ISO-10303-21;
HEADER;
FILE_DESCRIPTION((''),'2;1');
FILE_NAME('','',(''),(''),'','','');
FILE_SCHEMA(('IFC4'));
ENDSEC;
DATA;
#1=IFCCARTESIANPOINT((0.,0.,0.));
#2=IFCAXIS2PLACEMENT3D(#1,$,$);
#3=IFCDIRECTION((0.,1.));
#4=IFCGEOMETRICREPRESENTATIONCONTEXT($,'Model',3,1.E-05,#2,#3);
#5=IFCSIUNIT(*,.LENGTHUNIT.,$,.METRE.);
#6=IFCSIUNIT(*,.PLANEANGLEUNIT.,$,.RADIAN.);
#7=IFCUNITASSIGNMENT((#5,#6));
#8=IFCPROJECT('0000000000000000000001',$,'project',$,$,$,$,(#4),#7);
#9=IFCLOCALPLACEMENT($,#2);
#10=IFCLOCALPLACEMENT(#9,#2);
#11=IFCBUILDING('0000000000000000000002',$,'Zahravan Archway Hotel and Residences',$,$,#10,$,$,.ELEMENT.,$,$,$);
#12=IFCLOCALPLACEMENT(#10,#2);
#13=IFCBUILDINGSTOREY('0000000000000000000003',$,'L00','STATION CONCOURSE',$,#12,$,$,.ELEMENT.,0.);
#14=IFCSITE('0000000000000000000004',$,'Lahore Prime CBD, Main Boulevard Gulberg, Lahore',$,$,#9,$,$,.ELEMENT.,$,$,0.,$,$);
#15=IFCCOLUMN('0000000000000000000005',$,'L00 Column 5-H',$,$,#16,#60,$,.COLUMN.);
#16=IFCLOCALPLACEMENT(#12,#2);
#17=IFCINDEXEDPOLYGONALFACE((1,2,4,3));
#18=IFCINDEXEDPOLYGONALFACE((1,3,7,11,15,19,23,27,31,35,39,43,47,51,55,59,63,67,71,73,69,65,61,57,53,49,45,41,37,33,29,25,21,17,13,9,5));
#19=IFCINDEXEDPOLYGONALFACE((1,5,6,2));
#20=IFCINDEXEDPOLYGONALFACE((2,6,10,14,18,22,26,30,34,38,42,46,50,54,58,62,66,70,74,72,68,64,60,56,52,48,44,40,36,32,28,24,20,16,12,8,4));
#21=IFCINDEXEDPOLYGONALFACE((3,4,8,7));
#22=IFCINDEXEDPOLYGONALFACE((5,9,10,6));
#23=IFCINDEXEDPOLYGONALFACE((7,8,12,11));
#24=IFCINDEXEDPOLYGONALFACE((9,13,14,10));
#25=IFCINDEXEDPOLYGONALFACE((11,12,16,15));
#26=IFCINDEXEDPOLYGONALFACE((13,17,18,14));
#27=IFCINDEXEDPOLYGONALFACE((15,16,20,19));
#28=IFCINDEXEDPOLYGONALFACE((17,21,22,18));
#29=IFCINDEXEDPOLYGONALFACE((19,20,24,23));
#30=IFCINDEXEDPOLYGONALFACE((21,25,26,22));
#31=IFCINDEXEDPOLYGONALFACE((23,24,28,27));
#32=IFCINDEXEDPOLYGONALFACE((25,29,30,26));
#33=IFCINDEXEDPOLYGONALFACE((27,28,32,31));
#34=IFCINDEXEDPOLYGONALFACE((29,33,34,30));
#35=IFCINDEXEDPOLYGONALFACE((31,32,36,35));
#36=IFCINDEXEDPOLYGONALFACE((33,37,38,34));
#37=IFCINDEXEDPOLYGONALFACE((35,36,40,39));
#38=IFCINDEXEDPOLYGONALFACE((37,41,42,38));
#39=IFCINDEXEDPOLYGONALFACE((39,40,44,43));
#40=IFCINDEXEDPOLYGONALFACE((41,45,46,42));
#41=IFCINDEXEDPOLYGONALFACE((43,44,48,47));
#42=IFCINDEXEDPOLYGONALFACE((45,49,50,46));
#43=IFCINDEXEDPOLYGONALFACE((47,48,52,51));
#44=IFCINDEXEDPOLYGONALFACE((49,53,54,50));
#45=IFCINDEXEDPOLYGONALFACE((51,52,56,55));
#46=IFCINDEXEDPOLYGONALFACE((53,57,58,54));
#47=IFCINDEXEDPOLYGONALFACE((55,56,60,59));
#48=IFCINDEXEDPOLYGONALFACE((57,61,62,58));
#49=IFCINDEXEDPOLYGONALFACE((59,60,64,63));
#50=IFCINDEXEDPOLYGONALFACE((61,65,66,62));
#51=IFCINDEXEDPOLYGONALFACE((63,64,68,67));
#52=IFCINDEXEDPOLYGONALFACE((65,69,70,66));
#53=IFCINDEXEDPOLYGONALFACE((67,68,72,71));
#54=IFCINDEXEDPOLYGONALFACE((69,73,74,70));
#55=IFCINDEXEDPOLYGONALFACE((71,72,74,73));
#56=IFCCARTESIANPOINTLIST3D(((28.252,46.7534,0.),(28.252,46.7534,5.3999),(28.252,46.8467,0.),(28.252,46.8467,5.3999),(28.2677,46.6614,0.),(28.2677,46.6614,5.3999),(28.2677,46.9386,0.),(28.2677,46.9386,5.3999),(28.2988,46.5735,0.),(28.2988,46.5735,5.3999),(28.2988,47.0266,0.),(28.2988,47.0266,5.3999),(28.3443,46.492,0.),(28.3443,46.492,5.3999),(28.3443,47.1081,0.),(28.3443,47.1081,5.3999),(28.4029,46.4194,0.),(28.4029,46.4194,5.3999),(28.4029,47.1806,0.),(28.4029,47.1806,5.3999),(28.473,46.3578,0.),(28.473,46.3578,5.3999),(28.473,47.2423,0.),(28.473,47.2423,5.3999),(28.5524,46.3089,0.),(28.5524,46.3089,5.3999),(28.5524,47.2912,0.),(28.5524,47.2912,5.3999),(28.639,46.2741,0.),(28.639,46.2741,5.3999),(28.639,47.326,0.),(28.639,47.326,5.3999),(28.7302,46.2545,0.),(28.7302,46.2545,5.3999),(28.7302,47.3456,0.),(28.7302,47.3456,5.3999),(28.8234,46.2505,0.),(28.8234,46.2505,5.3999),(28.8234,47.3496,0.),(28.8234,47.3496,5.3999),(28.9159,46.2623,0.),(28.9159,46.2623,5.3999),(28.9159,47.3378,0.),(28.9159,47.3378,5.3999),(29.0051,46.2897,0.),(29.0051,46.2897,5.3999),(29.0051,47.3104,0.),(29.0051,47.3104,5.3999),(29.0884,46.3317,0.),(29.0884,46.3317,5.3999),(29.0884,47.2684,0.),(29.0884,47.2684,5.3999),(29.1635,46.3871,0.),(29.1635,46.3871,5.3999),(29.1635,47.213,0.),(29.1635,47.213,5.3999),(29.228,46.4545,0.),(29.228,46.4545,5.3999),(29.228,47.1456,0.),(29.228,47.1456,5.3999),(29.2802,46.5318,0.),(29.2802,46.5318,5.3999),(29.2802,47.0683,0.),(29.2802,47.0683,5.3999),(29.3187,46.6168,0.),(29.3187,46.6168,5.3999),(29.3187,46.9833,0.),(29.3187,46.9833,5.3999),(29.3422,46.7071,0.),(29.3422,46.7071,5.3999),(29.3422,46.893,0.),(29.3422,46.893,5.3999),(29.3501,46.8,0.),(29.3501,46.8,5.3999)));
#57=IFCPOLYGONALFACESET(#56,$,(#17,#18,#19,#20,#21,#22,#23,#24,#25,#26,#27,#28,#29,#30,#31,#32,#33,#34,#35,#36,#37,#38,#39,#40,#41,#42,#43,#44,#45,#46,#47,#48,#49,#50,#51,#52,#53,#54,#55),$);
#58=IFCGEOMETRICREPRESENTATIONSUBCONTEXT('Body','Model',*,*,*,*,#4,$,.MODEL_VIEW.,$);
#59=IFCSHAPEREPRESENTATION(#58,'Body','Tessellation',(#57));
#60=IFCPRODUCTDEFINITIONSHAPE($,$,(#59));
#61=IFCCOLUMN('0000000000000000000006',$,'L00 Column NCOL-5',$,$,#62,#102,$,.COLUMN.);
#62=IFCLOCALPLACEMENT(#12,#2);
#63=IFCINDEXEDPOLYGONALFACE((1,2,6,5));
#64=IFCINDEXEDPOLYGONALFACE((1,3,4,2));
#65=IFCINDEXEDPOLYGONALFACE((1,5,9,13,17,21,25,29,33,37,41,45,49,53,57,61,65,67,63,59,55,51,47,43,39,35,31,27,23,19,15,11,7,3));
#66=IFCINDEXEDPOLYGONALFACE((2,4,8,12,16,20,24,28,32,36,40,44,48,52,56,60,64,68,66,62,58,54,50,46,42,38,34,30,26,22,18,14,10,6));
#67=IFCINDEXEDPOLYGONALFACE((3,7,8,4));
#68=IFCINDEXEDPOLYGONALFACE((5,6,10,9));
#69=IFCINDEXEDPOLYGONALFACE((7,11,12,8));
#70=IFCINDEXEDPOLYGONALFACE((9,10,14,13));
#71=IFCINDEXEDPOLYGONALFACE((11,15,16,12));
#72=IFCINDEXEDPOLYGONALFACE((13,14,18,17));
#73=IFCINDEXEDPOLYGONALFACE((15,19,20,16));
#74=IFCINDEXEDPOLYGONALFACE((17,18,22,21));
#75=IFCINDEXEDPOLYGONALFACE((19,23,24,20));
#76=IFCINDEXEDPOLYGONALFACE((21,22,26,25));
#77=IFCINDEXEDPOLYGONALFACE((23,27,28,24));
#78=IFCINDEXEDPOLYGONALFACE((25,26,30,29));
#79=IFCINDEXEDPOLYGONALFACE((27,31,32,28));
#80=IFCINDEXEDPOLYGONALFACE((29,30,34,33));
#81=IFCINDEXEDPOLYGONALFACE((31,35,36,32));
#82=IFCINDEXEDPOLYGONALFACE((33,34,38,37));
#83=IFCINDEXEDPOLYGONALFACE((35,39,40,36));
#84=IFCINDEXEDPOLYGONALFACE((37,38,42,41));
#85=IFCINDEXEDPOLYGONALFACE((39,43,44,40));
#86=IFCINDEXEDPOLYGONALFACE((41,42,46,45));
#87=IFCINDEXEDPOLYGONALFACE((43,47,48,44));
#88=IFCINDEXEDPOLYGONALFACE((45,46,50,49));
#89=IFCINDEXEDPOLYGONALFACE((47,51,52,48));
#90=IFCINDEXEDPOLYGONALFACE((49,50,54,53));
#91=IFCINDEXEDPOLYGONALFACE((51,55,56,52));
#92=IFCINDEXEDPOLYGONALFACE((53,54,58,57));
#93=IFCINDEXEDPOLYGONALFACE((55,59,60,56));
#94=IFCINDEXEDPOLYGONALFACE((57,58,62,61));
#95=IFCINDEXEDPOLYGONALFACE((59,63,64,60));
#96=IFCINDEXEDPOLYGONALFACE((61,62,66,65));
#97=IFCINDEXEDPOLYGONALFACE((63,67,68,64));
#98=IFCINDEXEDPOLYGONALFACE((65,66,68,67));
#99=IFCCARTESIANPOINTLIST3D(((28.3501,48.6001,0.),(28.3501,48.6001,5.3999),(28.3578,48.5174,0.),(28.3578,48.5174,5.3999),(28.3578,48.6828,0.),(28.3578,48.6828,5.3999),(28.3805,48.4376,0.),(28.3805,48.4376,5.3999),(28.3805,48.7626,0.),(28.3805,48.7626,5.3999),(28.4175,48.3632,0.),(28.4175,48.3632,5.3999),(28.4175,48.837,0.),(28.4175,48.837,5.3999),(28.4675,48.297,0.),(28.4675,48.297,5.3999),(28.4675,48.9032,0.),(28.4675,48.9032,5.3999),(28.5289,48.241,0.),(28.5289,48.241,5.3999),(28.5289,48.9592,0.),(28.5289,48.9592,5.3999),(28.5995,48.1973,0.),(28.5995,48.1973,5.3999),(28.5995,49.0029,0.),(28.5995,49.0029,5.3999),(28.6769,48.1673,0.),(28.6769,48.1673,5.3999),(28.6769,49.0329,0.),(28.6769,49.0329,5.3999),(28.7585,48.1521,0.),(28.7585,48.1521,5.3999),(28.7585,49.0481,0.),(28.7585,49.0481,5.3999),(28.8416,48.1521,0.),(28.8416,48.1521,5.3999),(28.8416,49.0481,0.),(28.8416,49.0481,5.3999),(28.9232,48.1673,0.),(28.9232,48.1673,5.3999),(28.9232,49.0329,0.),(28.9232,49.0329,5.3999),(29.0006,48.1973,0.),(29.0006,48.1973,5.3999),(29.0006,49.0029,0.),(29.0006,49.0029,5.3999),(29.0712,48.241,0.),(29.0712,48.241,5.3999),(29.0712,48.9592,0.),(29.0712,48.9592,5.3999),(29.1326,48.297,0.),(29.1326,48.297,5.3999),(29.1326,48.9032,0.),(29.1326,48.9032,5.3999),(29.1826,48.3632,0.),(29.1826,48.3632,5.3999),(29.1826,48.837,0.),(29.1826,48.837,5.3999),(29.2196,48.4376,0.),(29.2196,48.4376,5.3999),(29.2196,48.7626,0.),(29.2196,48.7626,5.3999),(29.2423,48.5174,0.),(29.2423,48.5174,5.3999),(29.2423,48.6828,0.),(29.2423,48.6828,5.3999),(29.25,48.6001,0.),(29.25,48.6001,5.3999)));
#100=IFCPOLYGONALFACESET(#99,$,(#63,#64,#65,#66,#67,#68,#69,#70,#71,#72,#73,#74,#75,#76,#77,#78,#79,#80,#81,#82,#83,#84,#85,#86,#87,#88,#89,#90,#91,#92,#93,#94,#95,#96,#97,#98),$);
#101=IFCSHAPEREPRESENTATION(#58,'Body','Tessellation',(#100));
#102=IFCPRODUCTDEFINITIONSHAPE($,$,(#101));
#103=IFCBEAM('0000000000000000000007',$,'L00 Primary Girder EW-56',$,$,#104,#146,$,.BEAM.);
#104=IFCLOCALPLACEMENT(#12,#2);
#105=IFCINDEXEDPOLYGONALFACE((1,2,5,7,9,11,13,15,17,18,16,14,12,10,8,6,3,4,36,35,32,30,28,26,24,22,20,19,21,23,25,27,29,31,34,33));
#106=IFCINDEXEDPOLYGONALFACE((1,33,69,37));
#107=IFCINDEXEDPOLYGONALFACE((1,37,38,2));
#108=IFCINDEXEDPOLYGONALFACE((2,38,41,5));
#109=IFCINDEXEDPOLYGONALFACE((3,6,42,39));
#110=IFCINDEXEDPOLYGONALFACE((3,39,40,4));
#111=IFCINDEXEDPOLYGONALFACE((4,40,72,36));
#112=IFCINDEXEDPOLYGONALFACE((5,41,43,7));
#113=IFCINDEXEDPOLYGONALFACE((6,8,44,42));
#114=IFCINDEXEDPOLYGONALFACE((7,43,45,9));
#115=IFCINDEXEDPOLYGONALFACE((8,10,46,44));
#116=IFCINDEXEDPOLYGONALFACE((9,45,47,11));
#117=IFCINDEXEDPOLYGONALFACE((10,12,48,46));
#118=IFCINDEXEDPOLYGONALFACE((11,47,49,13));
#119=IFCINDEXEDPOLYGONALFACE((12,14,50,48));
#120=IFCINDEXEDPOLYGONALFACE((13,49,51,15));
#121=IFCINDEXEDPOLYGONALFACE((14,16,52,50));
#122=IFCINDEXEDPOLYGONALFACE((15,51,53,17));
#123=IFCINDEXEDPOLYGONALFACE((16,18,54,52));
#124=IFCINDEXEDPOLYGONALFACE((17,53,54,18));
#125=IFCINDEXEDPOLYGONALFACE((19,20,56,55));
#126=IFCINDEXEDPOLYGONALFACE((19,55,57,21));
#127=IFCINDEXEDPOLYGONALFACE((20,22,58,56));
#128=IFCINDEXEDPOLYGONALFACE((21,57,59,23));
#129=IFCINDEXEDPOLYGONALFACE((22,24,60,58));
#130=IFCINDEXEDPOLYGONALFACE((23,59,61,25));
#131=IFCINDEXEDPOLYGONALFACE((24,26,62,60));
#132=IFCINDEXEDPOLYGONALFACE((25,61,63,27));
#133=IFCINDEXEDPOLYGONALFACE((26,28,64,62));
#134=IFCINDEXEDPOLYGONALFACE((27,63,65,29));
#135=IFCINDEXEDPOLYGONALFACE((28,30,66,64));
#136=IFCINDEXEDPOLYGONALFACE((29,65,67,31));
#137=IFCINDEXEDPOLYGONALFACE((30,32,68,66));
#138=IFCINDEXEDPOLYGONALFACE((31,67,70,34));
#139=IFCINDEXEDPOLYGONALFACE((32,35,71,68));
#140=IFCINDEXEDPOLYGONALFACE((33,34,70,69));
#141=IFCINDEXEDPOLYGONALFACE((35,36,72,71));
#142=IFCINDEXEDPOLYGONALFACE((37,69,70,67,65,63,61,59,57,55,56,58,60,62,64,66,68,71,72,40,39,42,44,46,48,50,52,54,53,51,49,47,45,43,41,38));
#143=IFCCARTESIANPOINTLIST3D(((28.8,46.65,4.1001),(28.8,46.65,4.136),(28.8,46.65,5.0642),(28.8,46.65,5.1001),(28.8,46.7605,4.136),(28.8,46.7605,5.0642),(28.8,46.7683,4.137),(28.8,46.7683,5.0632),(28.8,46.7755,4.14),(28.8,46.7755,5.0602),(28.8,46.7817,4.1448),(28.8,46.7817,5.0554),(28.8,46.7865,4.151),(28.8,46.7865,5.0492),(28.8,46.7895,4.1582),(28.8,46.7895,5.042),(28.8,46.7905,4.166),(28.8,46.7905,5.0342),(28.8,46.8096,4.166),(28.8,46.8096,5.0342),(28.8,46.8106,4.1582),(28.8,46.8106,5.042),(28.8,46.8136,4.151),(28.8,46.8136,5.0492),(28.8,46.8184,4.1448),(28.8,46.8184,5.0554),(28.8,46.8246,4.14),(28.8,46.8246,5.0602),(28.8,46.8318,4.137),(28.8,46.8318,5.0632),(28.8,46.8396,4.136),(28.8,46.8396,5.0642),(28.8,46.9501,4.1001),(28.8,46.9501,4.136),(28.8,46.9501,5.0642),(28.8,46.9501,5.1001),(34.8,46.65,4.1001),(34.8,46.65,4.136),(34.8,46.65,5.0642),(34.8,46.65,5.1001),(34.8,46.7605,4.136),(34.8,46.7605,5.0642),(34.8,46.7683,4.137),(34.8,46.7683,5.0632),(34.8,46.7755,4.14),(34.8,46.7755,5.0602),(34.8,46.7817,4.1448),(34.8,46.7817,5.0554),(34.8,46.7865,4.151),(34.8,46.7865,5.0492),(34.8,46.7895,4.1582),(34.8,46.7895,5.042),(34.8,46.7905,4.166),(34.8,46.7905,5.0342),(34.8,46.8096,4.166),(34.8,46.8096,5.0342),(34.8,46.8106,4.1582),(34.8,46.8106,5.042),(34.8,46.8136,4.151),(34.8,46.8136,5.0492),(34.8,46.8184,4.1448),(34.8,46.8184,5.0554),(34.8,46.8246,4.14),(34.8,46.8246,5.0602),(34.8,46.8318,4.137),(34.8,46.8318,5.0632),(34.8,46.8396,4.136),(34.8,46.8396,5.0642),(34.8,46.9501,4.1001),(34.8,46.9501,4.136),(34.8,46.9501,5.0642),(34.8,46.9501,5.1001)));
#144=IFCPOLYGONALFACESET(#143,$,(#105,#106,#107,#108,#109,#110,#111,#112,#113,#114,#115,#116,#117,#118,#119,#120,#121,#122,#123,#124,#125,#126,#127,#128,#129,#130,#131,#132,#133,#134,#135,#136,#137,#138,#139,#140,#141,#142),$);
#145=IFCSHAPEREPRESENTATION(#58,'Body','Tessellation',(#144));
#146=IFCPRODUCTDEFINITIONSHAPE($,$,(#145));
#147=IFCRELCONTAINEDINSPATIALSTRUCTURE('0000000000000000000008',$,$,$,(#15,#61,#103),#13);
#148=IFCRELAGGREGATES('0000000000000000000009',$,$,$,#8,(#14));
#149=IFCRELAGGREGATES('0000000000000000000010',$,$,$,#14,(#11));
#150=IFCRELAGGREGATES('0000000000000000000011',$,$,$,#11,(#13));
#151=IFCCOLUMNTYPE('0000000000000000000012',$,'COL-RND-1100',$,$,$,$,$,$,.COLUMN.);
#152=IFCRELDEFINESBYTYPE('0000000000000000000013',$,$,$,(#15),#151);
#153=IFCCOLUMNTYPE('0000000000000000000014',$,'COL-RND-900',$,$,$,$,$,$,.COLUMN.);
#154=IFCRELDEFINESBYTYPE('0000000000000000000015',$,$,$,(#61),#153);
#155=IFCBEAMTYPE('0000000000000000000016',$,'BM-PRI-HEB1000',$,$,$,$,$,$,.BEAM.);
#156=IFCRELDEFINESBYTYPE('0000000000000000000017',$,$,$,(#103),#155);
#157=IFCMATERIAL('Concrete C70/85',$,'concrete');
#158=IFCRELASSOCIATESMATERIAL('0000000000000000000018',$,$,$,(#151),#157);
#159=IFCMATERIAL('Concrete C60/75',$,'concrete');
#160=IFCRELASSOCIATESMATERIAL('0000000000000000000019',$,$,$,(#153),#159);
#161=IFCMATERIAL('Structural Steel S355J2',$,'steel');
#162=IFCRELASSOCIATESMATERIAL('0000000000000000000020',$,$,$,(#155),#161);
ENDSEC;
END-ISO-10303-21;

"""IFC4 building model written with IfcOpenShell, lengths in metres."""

from ifc_helpers import new_model, si_unit, direction, frame, origin, origin_2d, place, context, subcontext, project, spatial, circle, i_section, extrude, source, transform, mapped, material, material_profile, profile_set, type_object, type_shapes, element, save


model = new_model("IFC4")

# Units and contexts
model_context = context("Model", 3, precision=1e-05, world=origin(), true_north=direction((0.0, 1.0)))
body_context = subcontext(model_context, "Body", "Model", "MODEL_VIEW")
ifc_project = project(units=[si_unit("LENGTHUNIT", "METRE"), si_unit("PLANEANGLEUNIT", "RADIAN")], contexts=[model_context])

# Site, building, storey
site_placement = place(None, origin())
site = spatial("IfcSite", under=ifc_project, at=site_placement, Name="Lahore Prime CBD, Main Boulevard Gulberg, Lahore", CompositionType="ELEMENT", RefElevation=0.0)
building_placement = place(site_placement, origin())
building = spatial("IfcBuilding", under=site, at=building_placement, Name="Zahravan Archway Hotel and Residences", CompositionType="ELEMENT")
storey_placement = place(building_placement, origin())
storey = spatial("IfcBuildingStorey", under=building, at=storey_placement, Name="L00", Description="STATION CONCOURSE", CompositionType="ELEMENT", Elevation=0.0)

# Columns
ifc_material_1 = material(Name="Concrete C70/85", Category="concrete")
ifc_material_profile_1 = material_profile(ifc_material_1, circle(Radius=0.55, at=origin_2d()), Name="RC-CIRC-1100", Category="concrete")
ifc_profile_set_1 = profile_set([ifc_material_profile_1], Name="Concrete C70/85")
column_type_1 = type_object("IfcColumnType", Name="COL-RND-1100", PredefinedType="COLUMN", material=ifc_profile_set_1)
shared_shape_1 = source(origin(), body_context, "Body", "SweptSolid", [
    extrude(circle(Radius=0.55, at=origin_2d()), origin(), (0.0, 0.0, 1.0), 5.3999),
])
type_shapes(column_type_1, [shared_shape_1])
column_1_placement = place(storey_placement, frame((28.8, 46.8, 0.0), z_axis=(0.0, 0.0, 1.0), x_axis=(1.0, 0.0, 0.0)))
element("IfcColumn", 1, at=column_1_placement, inside=storey, type_object=column_type_1, Name="L00 Column 5-H", PredefinedType="COLUMN", context=body_context, shape_type="MappedRepresentation", body=[
    mapped(shared_shape_1, transform((0.0, 0.0, 0.0), scale=1.0)),
])
ifc_material_2 = material(Name="Concrete C60/75", Category="concrete")
ifc_material_profile_2 = material_profile(ifc_material_2, circle(Radius=0.45, at=origin_2d()), Name="RC-CIRC-900", Category="concrete")
ifc_profile_set_2 = profile_set([ifc_material_profile_2], Name="Concrete C60/75")
column_type_2 = type_object("IfcColumnType", Name="COL-RND-900", PredefinedType="COLUMN", material=ifc_profile_set_2)
shared_shape_2 = source(origin(), body_context, "Body", "SweptSolid", [
    extrude(circle(Radius=0.45, at=origin_2d()), origin(), (0.0, 0.0, 1.0), 5.3999),
])
type_shapes(column_type_2, [shared_shape_2])
column_2_placement = place(storey_placement, frame((28.8, 48.6001, 0.0), z_axis=(0.0, 0.0, 1.0), x_axis=(1.0, 0.0, 0.0)))
element("IfcColumn", 2, at=column_2_placement, inside=storey, type_object=column_type_2, Name="L00 Column NCOL-5", PredefinedType="COLUMN", context=body_context, shape_type="MappedRepresentation", body=[
    mapped(shared_shape_2, transform((0.0, 0.0, 0.0), scale=1.0)),
])

# Beam
ifc_material_3 = material(Name="Structural Steel S355J2", Category="steel")
ifc_material_profile_3 = material_profile(ifc_material_3, i_section(OverallWidth=0.3, OverallDepth=1.0, WebThickness=0.019, FlangeThickness=0.0359, FilletRadius=0.03, at=origin_2d()), Name="HEB 1000", Category="steel")
ifc_profile_set_3 = profile_set([ifc_material_profile_3], Name="Structural Steel S355J2")
beam_type_1 = type_object("IfcBeamType", Name="BM-PRI-HEB1000", PredefinedType="BEAM", material=ifc_profile_set_3)
shared_shape_3 = source(origin(), body_context, "Body", "SweptSolid", [
    extrude(i_section(OverallWidth=0.3, OverallDepth=1.0, WebThickness=0.019, FlangeThickness=0.0359, FilletRadius=0.03, at=origin_2d()), origin(), (0.0, 0.0, 1.0), 6.0),
])
beam_1_placement = place(storey_placement, frame((28.8, 46.8, 4.6001), z_axis=(1.0, 0.0, 0.0), x_axis=(0.0, 1.0, 0.0)))
element("IfcBeam", 3, at=beam_1_placement, inside=storey, type_object=beam_type_1, Name="L00 Primary Girder EW-56", PredefinedType="BEAM", context=body_context, shape_type="MappedRepresentation", body=[
    mapped(shared_shape_3, transform((0.0, 0.0, 0.0), scale=1.0)),
])

save(model, "model.ifc")
